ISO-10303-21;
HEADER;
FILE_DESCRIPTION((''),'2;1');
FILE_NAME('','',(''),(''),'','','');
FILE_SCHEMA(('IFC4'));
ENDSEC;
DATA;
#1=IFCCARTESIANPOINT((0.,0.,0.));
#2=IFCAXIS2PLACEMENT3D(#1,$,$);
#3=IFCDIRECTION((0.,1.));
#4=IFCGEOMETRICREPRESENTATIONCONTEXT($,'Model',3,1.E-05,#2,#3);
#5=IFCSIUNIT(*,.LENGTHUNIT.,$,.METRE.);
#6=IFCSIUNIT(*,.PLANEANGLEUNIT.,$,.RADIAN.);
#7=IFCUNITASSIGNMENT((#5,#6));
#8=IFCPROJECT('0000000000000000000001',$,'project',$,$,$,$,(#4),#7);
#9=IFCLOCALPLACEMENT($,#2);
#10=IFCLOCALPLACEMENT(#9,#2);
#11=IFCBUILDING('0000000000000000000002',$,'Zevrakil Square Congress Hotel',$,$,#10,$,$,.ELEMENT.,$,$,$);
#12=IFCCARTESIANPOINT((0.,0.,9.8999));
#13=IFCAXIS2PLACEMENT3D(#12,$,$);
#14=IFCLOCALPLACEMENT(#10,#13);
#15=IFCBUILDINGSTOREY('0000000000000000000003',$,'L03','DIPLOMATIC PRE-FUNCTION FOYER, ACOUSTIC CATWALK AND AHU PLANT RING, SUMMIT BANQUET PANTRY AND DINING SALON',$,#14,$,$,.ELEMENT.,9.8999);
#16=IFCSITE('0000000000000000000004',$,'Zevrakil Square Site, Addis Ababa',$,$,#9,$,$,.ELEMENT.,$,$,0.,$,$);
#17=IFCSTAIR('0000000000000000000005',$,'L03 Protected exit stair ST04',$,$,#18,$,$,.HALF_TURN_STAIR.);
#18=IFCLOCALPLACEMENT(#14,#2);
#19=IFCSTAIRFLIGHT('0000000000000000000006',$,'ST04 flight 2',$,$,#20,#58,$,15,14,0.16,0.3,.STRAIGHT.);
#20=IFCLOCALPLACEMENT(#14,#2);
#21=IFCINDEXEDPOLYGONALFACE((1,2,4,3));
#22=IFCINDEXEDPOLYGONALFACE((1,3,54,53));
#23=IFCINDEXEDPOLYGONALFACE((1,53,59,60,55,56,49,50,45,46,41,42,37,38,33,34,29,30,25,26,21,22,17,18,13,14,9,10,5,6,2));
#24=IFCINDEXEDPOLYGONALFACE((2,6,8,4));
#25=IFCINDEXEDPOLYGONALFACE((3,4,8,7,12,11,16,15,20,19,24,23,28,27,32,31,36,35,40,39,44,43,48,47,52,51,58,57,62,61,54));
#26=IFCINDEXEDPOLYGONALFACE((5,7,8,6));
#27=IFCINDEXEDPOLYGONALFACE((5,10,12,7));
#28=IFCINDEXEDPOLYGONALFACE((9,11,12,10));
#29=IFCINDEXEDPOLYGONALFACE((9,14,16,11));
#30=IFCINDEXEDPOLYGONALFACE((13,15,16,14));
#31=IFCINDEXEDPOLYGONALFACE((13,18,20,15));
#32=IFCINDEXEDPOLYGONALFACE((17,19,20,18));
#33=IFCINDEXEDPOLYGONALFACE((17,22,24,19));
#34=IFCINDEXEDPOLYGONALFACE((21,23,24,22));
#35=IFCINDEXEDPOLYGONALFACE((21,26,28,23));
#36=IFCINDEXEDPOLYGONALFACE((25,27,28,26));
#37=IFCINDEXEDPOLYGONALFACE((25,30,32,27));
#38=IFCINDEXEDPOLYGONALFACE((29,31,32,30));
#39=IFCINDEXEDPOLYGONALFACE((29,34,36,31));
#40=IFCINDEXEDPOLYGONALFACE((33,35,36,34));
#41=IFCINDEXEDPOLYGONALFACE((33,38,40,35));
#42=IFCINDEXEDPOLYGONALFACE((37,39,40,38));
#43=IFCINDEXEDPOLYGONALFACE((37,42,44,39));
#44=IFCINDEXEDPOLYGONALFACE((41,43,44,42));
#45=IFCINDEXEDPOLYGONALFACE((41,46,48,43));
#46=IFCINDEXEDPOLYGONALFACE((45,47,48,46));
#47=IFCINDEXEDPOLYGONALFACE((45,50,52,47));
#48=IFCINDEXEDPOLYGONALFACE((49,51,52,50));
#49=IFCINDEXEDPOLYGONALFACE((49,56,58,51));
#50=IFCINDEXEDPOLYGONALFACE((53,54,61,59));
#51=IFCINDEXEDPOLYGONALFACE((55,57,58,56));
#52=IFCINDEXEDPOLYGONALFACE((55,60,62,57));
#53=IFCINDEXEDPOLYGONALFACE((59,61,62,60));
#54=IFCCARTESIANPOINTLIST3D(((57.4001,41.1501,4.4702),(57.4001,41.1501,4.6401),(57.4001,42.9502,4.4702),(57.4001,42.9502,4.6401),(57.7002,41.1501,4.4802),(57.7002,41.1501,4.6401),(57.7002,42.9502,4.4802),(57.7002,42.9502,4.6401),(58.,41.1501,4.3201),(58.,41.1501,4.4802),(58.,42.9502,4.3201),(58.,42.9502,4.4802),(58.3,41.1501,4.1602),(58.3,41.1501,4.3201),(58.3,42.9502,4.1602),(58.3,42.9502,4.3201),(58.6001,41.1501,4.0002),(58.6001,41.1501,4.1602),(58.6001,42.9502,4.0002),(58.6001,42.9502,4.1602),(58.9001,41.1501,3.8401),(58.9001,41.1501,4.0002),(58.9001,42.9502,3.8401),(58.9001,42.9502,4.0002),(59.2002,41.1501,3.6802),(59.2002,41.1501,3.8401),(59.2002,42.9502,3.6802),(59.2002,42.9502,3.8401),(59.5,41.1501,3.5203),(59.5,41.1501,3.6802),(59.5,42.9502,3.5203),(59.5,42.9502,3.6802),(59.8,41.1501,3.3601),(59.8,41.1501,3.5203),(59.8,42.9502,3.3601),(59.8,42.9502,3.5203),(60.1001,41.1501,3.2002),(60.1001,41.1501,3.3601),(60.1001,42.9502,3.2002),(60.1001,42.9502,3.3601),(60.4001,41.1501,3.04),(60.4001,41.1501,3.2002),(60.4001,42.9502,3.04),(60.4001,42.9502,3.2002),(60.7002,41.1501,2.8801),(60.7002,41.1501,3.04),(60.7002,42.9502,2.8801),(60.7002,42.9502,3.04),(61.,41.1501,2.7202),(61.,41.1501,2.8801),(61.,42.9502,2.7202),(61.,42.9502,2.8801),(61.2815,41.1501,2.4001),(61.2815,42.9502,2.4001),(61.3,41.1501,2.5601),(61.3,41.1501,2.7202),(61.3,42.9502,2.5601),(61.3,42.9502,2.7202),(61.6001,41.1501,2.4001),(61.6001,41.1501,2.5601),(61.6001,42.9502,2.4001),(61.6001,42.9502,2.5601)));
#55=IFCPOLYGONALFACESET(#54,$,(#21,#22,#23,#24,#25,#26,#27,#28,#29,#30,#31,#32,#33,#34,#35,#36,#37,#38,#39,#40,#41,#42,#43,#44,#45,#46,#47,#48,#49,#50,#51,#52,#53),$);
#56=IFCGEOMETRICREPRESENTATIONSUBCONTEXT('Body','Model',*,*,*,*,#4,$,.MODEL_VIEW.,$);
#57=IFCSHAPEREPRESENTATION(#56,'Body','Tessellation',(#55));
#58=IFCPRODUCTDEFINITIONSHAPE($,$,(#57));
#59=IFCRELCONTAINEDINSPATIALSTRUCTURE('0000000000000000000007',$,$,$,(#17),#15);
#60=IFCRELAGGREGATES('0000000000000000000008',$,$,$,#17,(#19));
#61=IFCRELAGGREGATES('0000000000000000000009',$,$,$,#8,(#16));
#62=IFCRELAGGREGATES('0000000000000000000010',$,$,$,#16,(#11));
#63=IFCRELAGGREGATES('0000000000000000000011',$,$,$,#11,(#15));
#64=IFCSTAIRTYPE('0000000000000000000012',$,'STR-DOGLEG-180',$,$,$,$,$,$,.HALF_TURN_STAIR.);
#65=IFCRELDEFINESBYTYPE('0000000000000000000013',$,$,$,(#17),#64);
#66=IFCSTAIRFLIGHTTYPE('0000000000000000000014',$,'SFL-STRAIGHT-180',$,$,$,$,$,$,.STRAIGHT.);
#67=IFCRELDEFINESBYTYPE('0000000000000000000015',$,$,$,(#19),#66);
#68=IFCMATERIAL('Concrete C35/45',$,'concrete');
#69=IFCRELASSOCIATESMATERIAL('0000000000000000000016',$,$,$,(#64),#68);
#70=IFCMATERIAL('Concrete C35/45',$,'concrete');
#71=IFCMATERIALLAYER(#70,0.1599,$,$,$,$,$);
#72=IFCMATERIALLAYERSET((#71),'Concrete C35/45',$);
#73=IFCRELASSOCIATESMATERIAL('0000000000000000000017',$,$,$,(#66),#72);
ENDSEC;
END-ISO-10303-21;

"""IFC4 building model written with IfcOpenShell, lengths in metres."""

from ifc_helpers import new_model, si_unit, direction, frame, origin, place, context, subcontext, project, spatial, polyline, outline, extrude, material, layer, layer_set, type_object, element, aggregate, save


model = new_model("IFC4")

# Units and contexts
model_context = context("Model", 3, precision=1e-05, world=origin(), true_north=direction((0.0, 1.0)))
body_context = subcontext(model_context, "Body", "Model", "MODEL_VIEW")
ifc_project = project(units=[si_unit("LENGTHUNIT", "METRE"), si_unit("PLANEANGLEUNIT", "RADIAN")], contexts=[model_context])

# Site, building, storey
site_placement = place(None, origin())
site = spatial("IfcSite", under=ifc_project, at=site_placement, Name="Zevrakil Square Site, Addis Ababa", CompositionType="ELEMENT", RefElevation=0.0)
building_placement = place(site_placement, origin())
building = spatial("IfcBuilding", under=site, at=building_placement, Name="Zevrakil Square Congress Hotel", CompositionType="ELEMENT")
storey_placement = place(building_placement, frame((0.0, 0.0, 9.8999)))
storey = spatial("IfcBuildingStorey", under=building, at=storey_placement, Name="L03", Description="DIPLOMATIC PRE-FUNCTION FOYER, ACOUSTIC CATWALK AND AHU PLANT RING, SUMMIT BANQUET PANTRY AND DINING SALON", CompositionType="ELEMENT", Elevation=9.8999)

# Stair, stair flight
ifc_material_1 = material(Name="Concrete C35/45", Category="concrete")
stair_type = type_object("IfcStairType", Name="STR-DOGLEG-180", PredefinedType="HALF_TURN_STAIR", material=ifc_material_1)
stair_placement = place(storey_placement, origin())
stair = element("IfcStair", 1, at=stair_placement, inside=storey, type_object=stair_type, Name="L03 Protected exit stair ST04", PredefinedType="HALF_TURN_STAIR")
ifc_material_2 = material(Name="Concrete C35/45", Category="concrete")
ifc_layer_1 = layer(ifc_material_2, 0.1599)
ifc_layer_set_1 = layer_set([ifc_layer_1], Name="Concrete C35/45")
stair_flight_type = type_object("IfcStairFlightType", Name="SFL-STRAIGHT-180", PredefinedType="STRAIGHT", material=ifc_layer_set_1)
stair_flight_1_placement = place(storey_placement, frame((61.6001, 42.05, 2.4001), z_axis=(0.0, 0.0, 1.0), x_axis=(-1.0, 0.0, 0.0)))
stair_flight_1 = element("IfcStairFlight", 2, at=stair_flight_1_placement, type_object=stair_flight_type, Name="ST04 flight 2", NumberOfRisers=15, NumberOfTreads=14, PredefinedType="STRAIGHT", RiserHeight=0.16, TreadLength=0.3, context=body_context, shape_type="SweptSolid", body=[
    extrude(outline(polyline([(0.0, 0.0), (0.0, 0.1599), (0.3, 0.1599), (0.3, 0.3201), (0.6001, 0.3201), (0.6001, 0.48), (0.8999, 0.48), (0.8999, 0.6399), (1.2, 0.6399), (1.2, 0.8), (1.5, 0.8), (1.5, 0.96), (1.8, 0.96), (1.8, 1.1201), (2.1001, 1.1201), (2.1001, 1.28), (2.3999, 1.28), (2.3999, 1.4399), (2.7, 1.4399), (2.7, 1.6001), (3.0, 1.6001), (3.0, 1.76), (3.3, 1.76), (3.3, 1.9199), (3.6001, 1.9199), (3.6001, 2.0801), (3.8999, 2.0801), (3.8999, 2.24), (4.2, 2.24), (4.2, 2.3999), (4.2, 2.0701), (0.3186, 0.0), (0.0, 0.0)])), frame((0.0, 0.8999, 0.0), z_axis=(0.0, -1.0, 0.0), x_axis=(1.0, 0.0, 0.0)), (0.0, 0.0, 1.0), 1.8),
])
aggregate(stair, [stair_flight_1])

save(model, "model.ifc")
